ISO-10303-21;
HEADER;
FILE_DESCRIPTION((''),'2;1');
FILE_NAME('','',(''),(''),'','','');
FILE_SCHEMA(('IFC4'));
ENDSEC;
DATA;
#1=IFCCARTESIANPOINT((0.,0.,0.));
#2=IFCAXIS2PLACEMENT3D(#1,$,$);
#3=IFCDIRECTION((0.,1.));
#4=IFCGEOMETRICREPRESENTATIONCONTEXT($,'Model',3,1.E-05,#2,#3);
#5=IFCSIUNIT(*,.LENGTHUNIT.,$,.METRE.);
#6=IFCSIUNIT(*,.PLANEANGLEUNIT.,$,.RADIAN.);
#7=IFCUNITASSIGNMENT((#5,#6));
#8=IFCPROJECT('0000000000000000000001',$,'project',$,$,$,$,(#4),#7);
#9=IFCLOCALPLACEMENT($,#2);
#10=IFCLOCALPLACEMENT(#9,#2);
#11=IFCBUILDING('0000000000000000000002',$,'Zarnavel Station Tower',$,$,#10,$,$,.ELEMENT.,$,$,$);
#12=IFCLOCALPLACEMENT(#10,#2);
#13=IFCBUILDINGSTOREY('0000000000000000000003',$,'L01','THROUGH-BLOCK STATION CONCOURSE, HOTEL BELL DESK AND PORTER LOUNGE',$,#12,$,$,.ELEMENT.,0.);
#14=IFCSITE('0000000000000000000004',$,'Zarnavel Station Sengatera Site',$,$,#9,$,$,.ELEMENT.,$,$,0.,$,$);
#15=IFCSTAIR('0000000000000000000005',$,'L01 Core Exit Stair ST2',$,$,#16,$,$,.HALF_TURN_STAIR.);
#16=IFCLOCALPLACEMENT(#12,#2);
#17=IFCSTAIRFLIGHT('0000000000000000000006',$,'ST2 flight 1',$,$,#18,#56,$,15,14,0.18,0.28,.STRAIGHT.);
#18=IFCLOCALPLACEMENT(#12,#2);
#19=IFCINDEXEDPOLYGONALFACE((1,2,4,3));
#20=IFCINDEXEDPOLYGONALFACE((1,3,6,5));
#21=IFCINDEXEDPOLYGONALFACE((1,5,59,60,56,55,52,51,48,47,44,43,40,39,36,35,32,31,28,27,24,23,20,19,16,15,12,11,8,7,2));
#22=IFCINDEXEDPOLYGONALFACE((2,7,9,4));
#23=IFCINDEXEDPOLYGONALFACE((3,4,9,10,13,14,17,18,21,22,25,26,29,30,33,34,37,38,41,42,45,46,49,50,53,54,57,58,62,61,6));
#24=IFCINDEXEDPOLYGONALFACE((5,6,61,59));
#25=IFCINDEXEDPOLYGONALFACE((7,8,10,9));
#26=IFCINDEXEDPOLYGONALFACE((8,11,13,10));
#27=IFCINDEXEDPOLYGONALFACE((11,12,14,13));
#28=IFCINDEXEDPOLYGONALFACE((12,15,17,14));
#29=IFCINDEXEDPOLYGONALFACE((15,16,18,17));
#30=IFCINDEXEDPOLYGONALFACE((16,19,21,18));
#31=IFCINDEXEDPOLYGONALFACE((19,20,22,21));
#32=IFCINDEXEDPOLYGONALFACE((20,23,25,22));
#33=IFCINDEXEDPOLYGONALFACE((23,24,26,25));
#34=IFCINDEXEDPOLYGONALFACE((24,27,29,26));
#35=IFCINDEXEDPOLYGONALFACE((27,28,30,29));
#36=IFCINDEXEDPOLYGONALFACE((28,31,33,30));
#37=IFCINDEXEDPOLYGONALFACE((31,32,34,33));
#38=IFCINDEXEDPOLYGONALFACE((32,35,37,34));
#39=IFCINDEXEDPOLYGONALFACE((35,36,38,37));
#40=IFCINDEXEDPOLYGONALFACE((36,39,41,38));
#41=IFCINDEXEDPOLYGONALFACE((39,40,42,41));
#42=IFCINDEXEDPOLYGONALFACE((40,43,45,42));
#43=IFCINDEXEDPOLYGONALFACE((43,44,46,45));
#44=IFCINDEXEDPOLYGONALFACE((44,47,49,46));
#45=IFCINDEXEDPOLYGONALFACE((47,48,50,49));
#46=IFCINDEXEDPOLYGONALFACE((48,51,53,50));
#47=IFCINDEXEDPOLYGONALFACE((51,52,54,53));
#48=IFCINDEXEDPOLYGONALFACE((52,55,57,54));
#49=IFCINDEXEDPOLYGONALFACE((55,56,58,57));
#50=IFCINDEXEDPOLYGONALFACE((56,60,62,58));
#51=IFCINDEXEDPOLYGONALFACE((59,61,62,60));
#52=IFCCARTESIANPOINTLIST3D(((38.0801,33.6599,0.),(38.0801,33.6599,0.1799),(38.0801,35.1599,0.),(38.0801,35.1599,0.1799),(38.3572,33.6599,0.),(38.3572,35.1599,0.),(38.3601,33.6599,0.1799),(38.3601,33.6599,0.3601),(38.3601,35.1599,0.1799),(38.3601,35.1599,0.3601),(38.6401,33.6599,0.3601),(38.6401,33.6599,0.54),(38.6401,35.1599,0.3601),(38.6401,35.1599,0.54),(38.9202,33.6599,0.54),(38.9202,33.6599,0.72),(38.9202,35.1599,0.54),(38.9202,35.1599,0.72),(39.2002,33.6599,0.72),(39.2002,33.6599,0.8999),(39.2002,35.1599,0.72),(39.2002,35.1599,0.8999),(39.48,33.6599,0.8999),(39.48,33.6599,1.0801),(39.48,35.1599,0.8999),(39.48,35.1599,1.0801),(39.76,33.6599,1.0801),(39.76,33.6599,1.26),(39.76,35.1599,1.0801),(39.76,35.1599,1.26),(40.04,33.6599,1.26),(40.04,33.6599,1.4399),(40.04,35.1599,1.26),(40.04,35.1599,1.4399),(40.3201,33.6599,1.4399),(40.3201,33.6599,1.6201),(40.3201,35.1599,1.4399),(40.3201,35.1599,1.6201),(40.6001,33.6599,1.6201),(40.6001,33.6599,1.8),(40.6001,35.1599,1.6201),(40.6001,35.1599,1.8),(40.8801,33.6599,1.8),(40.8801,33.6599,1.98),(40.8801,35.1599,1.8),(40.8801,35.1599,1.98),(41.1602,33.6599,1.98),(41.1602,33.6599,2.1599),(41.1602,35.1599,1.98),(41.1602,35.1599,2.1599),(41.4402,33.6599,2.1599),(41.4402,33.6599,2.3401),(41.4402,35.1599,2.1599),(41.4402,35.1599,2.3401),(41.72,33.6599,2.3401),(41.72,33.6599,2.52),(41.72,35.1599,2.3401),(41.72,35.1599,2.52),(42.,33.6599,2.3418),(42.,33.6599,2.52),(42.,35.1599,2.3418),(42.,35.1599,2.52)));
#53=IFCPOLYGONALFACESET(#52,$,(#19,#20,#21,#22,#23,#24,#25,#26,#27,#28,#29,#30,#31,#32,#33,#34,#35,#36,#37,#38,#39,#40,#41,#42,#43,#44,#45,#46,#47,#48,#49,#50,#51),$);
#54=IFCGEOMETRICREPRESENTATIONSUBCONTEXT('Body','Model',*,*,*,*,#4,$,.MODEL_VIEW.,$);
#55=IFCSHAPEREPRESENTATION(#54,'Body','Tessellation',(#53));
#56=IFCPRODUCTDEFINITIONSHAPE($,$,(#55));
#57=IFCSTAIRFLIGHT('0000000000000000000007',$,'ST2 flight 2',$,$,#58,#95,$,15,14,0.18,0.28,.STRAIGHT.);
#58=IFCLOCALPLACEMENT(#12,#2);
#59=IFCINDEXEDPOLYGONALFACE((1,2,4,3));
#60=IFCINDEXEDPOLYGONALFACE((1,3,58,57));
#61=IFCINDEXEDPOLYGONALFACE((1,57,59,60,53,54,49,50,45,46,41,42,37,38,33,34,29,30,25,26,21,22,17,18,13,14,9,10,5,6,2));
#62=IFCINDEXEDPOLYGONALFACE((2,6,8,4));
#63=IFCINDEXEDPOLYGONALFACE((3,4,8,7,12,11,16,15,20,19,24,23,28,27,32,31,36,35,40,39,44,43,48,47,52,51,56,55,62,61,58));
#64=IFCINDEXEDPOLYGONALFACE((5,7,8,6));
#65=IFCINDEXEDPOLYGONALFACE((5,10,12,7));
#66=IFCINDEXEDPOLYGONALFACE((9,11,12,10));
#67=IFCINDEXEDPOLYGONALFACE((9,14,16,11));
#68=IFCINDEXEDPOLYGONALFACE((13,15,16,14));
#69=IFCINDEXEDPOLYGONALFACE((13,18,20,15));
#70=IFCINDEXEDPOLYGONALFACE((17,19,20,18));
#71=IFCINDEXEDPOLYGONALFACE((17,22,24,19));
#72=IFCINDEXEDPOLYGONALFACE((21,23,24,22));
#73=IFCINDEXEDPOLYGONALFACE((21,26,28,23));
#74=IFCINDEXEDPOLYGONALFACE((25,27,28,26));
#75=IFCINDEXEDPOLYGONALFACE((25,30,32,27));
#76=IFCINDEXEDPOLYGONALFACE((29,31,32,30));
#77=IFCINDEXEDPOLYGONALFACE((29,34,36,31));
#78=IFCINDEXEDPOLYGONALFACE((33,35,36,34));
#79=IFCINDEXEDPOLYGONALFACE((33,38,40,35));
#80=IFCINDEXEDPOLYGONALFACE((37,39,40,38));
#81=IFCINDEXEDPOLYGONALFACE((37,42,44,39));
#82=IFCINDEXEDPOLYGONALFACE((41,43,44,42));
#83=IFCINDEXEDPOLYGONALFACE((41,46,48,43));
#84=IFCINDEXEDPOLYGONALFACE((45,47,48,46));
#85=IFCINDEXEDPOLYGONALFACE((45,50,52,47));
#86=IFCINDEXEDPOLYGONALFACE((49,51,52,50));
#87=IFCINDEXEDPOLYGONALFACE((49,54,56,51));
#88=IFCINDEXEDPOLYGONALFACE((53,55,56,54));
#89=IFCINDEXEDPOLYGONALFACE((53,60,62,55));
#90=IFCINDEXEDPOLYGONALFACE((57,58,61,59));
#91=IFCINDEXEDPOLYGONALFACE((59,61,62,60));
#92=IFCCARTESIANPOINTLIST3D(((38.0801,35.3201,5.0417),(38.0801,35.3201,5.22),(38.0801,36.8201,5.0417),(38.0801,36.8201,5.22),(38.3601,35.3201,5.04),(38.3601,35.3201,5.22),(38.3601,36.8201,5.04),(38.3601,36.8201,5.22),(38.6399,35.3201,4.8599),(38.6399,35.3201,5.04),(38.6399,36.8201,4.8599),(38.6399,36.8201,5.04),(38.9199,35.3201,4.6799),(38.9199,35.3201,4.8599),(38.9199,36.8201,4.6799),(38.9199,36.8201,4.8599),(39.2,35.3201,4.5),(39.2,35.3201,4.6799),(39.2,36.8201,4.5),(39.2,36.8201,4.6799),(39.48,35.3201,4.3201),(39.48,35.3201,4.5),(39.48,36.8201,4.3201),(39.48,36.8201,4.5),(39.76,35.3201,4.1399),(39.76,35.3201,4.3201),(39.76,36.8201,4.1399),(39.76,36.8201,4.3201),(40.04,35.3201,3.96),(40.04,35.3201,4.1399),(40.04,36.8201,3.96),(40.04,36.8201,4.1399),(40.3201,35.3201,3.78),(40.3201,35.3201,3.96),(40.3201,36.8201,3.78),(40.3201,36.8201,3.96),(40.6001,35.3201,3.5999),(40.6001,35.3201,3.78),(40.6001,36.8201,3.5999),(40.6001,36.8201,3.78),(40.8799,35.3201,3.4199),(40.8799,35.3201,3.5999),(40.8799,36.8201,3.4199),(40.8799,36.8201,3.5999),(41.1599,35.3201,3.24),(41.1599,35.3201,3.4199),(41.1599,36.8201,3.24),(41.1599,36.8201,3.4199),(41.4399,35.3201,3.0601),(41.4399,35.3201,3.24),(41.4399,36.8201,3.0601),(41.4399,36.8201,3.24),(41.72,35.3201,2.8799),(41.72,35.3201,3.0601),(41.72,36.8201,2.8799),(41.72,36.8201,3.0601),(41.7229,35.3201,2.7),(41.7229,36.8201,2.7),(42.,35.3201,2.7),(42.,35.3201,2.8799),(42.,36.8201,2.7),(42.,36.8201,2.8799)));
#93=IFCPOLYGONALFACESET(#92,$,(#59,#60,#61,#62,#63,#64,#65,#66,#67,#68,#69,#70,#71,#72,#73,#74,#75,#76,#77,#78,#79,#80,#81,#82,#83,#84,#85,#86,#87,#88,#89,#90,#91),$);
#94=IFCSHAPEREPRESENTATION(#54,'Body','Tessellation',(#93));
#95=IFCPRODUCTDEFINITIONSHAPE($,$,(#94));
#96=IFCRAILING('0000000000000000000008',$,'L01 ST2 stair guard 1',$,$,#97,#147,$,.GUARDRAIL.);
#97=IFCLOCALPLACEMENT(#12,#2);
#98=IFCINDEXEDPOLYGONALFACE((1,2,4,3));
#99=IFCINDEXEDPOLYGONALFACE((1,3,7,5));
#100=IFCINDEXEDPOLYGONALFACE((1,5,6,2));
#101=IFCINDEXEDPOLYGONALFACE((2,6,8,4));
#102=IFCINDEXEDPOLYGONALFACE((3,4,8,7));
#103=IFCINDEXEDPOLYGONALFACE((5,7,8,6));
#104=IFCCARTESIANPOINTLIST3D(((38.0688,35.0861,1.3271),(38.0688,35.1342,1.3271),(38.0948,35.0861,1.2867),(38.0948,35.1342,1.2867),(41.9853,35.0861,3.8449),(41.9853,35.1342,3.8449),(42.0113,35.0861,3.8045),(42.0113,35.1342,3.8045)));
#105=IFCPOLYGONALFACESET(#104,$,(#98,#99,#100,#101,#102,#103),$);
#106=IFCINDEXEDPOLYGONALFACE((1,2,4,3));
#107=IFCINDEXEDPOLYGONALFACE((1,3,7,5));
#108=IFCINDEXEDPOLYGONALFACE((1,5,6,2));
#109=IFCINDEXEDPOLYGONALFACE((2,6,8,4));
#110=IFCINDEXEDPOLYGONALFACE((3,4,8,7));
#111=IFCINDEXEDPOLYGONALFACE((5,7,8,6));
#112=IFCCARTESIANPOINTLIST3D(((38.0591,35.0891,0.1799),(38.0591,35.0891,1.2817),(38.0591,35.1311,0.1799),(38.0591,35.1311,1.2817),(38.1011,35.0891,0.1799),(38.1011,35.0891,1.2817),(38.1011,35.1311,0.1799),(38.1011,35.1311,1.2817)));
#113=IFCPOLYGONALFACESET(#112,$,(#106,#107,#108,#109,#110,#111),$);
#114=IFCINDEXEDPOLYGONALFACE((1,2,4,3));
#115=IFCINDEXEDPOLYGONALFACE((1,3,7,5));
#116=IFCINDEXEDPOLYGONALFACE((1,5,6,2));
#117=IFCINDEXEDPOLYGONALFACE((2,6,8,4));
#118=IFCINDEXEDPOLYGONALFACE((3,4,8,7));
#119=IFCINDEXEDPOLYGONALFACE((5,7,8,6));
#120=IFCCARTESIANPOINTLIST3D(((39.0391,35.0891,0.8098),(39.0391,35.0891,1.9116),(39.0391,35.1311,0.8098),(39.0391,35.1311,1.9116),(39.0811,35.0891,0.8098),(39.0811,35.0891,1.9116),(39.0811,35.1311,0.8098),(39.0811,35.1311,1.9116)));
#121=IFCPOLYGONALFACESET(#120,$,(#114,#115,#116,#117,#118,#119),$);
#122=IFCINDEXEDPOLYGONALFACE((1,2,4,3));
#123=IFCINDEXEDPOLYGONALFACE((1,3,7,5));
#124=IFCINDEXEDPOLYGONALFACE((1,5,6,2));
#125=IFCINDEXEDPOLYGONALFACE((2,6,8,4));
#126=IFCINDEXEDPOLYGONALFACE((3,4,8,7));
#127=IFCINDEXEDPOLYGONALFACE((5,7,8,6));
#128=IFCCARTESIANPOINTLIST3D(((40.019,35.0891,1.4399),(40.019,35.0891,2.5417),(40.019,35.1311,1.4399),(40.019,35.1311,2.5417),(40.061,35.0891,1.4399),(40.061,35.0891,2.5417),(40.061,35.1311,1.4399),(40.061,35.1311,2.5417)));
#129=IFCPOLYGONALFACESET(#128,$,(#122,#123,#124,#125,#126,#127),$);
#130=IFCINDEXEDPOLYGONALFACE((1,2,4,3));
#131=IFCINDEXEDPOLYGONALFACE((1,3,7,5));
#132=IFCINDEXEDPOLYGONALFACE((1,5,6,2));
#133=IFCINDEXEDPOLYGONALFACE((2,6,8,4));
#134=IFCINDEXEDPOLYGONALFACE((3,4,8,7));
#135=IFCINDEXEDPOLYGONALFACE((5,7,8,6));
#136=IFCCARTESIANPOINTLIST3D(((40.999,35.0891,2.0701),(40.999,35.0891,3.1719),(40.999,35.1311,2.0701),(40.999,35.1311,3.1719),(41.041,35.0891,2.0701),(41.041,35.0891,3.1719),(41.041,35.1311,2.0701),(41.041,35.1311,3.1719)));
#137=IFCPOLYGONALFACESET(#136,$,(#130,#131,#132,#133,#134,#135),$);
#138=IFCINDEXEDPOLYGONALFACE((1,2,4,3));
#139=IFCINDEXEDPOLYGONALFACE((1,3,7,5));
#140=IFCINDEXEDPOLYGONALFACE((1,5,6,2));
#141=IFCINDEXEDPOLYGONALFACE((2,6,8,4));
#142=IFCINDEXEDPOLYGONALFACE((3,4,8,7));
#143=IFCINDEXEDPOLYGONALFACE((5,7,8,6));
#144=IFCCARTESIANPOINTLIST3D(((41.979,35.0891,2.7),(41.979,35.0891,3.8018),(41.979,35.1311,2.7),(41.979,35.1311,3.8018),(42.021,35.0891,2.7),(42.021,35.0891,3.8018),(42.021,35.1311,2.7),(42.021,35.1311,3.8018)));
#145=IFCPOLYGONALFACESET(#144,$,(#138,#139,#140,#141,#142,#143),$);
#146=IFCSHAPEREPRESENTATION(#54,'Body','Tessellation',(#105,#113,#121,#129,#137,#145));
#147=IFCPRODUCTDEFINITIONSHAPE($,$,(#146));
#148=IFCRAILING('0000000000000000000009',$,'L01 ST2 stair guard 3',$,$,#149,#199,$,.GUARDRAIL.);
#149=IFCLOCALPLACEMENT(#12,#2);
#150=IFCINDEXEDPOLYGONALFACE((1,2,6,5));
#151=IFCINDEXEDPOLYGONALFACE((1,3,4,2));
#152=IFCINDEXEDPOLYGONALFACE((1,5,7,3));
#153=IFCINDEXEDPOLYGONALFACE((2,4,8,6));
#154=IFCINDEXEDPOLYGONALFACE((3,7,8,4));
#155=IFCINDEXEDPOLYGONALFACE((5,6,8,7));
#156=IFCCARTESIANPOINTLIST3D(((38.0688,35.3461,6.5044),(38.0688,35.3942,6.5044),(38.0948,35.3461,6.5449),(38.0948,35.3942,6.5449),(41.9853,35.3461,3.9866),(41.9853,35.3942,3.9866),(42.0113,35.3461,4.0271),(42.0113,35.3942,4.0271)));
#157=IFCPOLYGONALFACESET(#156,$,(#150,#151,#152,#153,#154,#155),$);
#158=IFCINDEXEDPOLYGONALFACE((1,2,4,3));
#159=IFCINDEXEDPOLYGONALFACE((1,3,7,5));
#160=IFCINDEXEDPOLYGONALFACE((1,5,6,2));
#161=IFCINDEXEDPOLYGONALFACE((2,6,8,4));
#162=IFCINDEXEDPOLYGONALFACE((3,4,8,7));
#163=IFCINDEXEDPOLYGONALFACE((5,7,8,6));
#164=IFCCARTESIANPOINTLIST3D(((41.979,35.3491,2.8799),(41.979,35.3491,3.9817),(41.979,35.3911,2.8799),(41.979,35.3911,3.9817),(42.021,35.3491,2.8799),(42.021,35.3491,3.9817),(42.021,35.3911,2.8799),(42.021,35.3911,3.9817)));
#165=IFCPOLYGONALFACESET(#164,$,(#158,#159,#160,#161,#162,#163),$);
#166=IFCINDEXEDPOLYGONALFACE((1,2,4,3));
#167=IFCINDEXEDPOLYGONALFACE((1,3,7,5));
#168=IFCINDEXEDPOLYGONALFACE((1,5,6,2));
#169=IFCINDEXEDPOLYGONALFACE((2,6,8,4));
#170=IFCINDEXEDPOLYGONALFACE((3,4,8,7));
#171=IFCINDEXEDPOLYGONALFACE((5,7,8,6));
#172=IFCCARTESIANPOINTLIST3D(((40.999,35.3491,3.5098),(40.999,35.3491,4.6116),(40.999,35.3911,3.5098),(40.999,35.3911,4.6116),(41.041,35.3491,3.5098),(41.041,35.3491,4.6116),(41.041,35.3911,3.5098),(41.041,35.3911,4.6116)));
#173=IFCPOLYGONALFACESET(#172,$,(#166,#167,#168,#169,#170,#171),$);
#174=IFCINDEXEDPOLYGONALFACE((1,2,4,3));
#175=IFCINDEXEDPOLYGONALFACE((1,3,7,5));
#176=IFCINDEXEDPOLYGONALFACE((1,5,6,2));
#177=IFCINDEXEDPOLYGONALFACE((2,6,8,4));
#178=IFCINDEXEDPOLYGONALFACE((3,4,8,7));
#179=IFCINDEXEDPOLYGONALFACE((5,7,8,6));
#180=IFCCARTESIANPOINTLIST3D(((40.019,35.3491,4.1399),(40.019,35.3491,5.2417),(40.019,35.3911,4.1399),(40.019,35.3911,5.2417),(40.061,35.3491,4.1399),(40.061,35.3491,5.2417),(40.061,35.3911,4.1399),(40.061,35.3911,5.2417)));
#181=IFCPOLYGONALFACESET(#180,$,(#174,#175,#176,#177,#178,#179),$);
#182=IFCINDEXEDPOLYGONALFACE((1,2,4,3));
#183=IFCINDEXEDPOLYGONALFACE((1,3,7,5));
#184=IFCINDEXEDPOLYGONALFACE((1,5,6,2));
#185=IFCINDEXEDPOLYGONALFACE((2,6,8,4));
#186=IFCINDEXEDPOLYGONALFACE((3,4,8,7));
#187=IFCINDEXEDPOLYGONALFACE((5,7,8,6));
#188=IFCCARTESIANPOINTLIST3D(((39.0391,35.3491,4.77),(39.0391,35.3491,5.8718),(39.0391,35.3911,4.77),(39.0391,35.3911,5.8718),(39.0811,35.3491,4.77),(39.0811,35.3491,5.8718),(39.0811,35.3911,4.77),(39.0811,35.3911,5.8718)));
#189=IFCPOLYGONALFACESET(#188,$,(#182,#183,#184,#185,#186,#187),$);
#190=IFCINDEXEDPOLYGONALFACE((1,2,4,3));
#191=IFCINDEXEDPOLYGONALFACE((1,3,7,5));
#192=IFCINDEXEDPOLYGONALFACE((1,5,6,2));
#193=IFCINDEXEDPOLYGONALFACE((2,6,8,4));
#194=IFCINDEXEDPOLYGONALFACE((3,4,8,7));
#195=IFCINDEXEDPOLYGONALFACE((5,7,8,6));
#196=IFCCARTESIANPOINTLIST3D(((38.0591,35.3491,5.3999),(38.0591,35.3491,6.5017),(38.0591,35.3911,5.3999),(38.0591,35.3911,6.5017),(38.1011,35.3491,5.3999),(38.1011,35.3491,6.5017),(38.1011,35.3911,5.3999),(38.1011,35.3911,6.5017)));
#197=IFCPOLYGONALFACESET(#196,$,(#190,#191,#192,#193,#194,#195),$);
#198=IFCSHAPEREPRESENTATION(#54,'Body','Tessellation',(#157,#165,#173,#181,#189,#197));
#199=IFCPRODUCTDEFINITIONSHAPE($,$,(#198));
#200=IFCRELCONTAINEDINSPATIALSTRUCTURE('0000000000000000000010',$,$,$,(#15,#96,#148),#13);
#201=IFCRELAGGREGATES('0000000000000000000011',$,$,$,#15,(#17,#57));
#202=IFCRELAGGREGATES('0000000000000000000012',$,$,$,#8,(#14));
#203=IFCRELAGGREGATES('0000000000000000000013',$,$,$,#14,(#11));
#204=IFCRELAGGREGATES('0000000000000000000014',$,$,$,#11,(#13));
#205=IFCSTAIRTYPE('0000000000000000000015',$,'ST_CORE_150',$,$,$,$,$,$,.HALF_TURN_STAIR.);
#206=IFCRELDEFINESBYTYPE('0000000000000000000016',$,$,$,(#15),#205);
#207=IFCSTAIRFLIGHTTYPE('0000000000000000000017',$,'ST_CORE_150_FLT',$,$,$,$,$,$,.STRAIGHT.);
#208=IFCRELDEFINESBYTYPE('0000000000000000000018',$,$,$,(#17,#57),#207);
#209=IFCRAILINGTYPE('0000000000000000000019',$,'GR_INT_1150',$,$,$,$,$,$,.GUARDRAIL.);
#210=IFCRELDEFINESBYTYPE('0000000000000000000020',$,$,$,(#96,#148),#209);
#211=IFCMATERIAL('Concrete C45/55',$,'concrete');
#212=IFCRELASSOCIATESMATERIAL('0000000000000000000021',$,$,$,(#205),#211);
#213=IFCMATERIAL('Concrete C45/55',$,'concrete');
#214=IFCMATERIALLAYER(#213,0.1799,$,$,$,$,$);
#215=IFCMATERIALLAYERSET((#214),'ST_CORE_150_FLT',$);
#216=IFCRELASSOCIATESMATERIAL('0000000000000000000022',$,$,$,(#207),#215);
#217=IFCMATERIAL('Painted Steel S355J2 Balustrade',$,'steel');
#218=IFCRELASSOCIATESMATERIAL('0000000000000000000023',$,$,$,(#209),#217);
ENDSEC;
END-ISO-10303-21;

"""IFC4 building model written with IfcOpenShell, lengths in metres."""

from ifc_helpers import new_model, si_unit, direction, frame, origin, origin_2d, place, context, subcontext, project, spatial, polyline, rectangle, outline, extrude, material, layer, layer_set, type_object, element, aggregate, save


model = new_model("IFC4")

# Units and contexts
model_context = context("Model", 3, precision=1e-05, world=origin(), true_north=direction((0.0, 1.0)))
body_context = subcontext(model_context, "Body", "Model", "MODEL_VIEW")
ifc_project = project(units=[si_unit("LENGTHUNIT", "METRE"), si_unit("PLANEANGLEUNIT", "RADIAN")], contexts=[model_context])

# Site, building, storey
site_placement = place(None, origin())
site = spatial("IfcSite", under=ifc_project, at=site_placement, Name="Zarnavel Station Sengatera Site", CompositionType="ELEMENT", RefElevation=0.0)
building_placement = place(site_placement, origin())
building = spatial("IfcBuilding", under=site, at=building_placement, Name="Zarnavel Station Tower", CompositionType="ELEMENT")
storey_placement = place(building_placement, origin())
storey = spatial("IfcBuildingStorey", under=building, at=storey_placement, Name="L01", Description="THROUGH-BLOCK STATION CONCOURSE, HOTEL BELL DESK AND PORTER LOUNGE", CompositionType="ELEMENT", Elevation=0.0)

# Stair, stair flights
ifc_material_1 = material(Name="Concrete C45/55", Category="concrete")
stair_type = type_object("IfcStairType", Name="ST_CORE_150", PredefinedType="HALF_TURN_STAIR", material=ifc_material_1)
stair_placement = place(storey_placement, origin())
stair = element("IfcStair", 1, at=stair_placement, inside=storey, type_object=stair_type, Name="L01 Core Exit Stair ST2", PredefinedType="HALF_TURN_STAIR")
ifc_material_2 = material(Name="Concrete C45/55", Category="concrete")
ifc_layer_1 = layer(ifc_material_2, 0.1799)
ifc_layer_set_1 = layer_set([ifc_layer_1], Name="ST_CORE_150_FLT")
stair_flight_type = type_object("IfcStairFlightType", Name="ST_CORE_150_FLT", PredefinedType="STRAIGHT", material=ifc_layer_set_1)
stair_flight_1_placement = place(storey_placement, frame((38.0801, 34.4099, 0.0), z_axis=(0.0, 0.0, 1.0), x_axis=(1.0, 0.0, 0.0)))
stair_flight_1 = element("IfcStairFlight", 2, at=stair_flight_1_placement, type_object=stair_flight_type, Name="ST2 flight 1", NumberOfRisers=15, NumberOfTreads=14, PredefinedType="STRAIGHT", RiserHeight=0.18, TreadLength=0.28, context=body_context, shape_type="SweptSolid", body=[
    extrude(outline(polyline([(0.0, 0.0), (0.0, 0.1799), (0.28, 0.1799), (0.28, 0.3601), (0.5601, 0.3601), (0.5601, 0.54), (0.8401, 0.54), (0.8401, 0.72), (1.1201, 0.72), (1.1201, 0.8999), (1.3999, 0.8999), (1.3999, 1.0801), (1.6799, 1.0801), (1.6799, 1.26), (1.96, 1.26), (1.96, 1.4399), (2.24, 1.4399), (2.24, 1.6201), (2.52, 1.6201), (2.52, 1.8), (2.8, 1.8), (2.8, 1.98), (3.0801, 1.98), (3.0801, 2.1599), (3.3601, 2.1599), (3.3601, 2.3401), (3.6399, 2.3401), (3.6399, 2.52), (3.9199, 2.52), (3.9199, 2.7), (3.9199, 2.3418), (0.2771, 0.0), (0.0, 0.0)])), frame((0.0, 0.75, 0.0), z_axis=(0.0, -1.0, 0.0), x_axis=(1.0, 0.0, 0.0)), (0.0, 0.0, 1.0), 1.5),
])
stair_flight_2_placement = place(storey_placement, frame((42.0, 36.0701, 2.7), z_axis=(0.0, 0.0, 1.0), x_axis=(-1.0, 0.0, 0.0)))
stair_flight_2 = element("IfcStairFlight", 3, at=stair_flight_2_placement, type_object=stair_flight_type, Name="ST2 flight 2", NumberOfRisers=15, NumberOfTreads=14, PredefinedType="STRAIGHT", RiserHeight=0.18, TreadLength=0.28, context=body_context, shape_type="SweptSolid", body=[
    extrude(outline(polyline([(0.0, 0.0), (0.0, 0.1799), (0.28, 0.1799), (0.28, 0.3601), (0.5601, 0.3601), (0.5601, 0.54), (0.8401, 0.54), (0.8401, 0.72), (1.1201, 0.72), (1.1201, 0.8999), (1.3999, 0.8999), (1.3999, 1.0801), (1.6799, 1.0801), (1.6799, 1.26), (1.96, 1.26), (1.96, 1.4399), (2.24, 1.4399), (2.24, 1.6201), (2.52, 1.6201), (2.52, 1.8), (2.8, 1.8), (2.8, 1.98), (3.0801, 1.98), (3.0801, 2.1599), (3.3601, 2.1599), (3.3601, 2.3401), (3.6399, 2.3401), (3.6399, 2.52), (3.9199, 2.52), (3.9199, 2.7), (3.9199, 2.3418), (0.2771, 0.0), (0.0, 0.0)])), frame((0.0, 0.75, 0.0), z_axis=(0.0, -1.0, 0.0), x_axis=(1.0, 0.0, 0.0)), (0.0, 0.0, 1.0), 1.5),
])
aggregate(stair, [stair_flight_1, stair_flight_2])

# Railings
ifc_material_3 = material(Name="Painted Steel S355J2 Balustrade", Category="steel")
railing_type = type_object("IfcRailingType", Name="GR_INT_1150", PredefinedType="GUARDRAIL", material=ifc_material_3)
railing_1_placement = place(storey_placement, frame((38.0801, 35.1101, 0.1799)))
element("IfcRailing", 4, at=railing_1_placement, inside=storey, type_object=railing_type, Name="L01 ST2 stair guard 1", PredefinedType="GUARDRAIL", context=body_context, shape_type="SweptSolid", body=[
    extrude(rectangle(XDim=0.0481, YDim=0.0481, at=origin_2d()), frame((0.0017, 0.0, 1.127), z_axis=(0.841172, 0.0, 0.540768), x_axis=(0.0, 1.0, 0.0)), (0.0, 0.0, 1.0), 4.656),
    extrude(rectangle(XDim=0.042, YDim=0.042, at=origin_2d()), origin(), (0.0, 0.0, 1.0), 1.1018),
    extrude(rectangle(XDim=0.042, YDim=0.042, at=origin_2d()), frame((0.98, 0.0, 0.6299)), (0.0, 0.0, 1.0), 1.1018),
    extrude(rectangle(XDim=0.042, YDim=0.042, at=origin_2d()), frame((1.96, 0.0, 1.26)), (0.0, 0.0, 1.0), 1.1018),
    extrude(rectangle(XDim=0.042, YDim=0.042, at=origin_2d()), frame((2.9399, 0.0, 1.8901)), (0.0, 0.0, 1.0), 1.1018),
    extrude(rectangle(XDim=0.042, YDim=0.042, at=origin_2d()), frame((3.9199, 0.0, 2.52)), (0.0, 0.0, 1.0), 1.1018),
])
railing_2_placement = place(storey_placement, frame((42.0, 35.3701, 2.8799)))
element("IfcRailing", 5, at=railing_2_placement, inside=storey, type_object=railing_type, Name="L01 ST2 stair guard 3", PredefinedType="GUARDRAIL", context=body_context, shape_type="SweptSolid", body=[
    extrude(rectangle(XDim=0.0481, YDim=0.0481, at=origin_2d()), frame((-0.0017, 0.0, 1.127), z_axis=(-0.841172, 0.0, 0.540768), x_axis=(0.0, -1.0, 0.0)), (0.0, 0.0, 1.0), 4.656),
    extrude(rectangle(XDim=0.042, YDim=0.042, at=origin_2d()), origin(), (0.0, 0.0, 1.0), 1.1018),
    extrude(rectangle(XDim=0.042, YDim=0.042, at=origin_2d()), frame((-0.98, 0.0, 0.6299)), (0.0, 0.0, 1.0), 1.1018),
    extrude(rectangle(XDim=0.042, YDim=0.042, at=origin_2d()), frame((-1.96, 0.0, 1.26)), (0.0, 0.0, 1.0), 1.1018),
    extrude(rectangle(XDim=0.042, YDim=0.042, at=origin_2d()), frame((-2.9399, 0.0, 1.8901)), (0.0, 0.0, 1.0), 1.1018),
    extrude(rectangle(XDim=0.042, YDim=0.042, at=origin_2d()), frame((-3.9199, 0.0, 2.52)), (0.0, 0.0, 1.0), 1.1018),
])

save(model, "model.ifc")
